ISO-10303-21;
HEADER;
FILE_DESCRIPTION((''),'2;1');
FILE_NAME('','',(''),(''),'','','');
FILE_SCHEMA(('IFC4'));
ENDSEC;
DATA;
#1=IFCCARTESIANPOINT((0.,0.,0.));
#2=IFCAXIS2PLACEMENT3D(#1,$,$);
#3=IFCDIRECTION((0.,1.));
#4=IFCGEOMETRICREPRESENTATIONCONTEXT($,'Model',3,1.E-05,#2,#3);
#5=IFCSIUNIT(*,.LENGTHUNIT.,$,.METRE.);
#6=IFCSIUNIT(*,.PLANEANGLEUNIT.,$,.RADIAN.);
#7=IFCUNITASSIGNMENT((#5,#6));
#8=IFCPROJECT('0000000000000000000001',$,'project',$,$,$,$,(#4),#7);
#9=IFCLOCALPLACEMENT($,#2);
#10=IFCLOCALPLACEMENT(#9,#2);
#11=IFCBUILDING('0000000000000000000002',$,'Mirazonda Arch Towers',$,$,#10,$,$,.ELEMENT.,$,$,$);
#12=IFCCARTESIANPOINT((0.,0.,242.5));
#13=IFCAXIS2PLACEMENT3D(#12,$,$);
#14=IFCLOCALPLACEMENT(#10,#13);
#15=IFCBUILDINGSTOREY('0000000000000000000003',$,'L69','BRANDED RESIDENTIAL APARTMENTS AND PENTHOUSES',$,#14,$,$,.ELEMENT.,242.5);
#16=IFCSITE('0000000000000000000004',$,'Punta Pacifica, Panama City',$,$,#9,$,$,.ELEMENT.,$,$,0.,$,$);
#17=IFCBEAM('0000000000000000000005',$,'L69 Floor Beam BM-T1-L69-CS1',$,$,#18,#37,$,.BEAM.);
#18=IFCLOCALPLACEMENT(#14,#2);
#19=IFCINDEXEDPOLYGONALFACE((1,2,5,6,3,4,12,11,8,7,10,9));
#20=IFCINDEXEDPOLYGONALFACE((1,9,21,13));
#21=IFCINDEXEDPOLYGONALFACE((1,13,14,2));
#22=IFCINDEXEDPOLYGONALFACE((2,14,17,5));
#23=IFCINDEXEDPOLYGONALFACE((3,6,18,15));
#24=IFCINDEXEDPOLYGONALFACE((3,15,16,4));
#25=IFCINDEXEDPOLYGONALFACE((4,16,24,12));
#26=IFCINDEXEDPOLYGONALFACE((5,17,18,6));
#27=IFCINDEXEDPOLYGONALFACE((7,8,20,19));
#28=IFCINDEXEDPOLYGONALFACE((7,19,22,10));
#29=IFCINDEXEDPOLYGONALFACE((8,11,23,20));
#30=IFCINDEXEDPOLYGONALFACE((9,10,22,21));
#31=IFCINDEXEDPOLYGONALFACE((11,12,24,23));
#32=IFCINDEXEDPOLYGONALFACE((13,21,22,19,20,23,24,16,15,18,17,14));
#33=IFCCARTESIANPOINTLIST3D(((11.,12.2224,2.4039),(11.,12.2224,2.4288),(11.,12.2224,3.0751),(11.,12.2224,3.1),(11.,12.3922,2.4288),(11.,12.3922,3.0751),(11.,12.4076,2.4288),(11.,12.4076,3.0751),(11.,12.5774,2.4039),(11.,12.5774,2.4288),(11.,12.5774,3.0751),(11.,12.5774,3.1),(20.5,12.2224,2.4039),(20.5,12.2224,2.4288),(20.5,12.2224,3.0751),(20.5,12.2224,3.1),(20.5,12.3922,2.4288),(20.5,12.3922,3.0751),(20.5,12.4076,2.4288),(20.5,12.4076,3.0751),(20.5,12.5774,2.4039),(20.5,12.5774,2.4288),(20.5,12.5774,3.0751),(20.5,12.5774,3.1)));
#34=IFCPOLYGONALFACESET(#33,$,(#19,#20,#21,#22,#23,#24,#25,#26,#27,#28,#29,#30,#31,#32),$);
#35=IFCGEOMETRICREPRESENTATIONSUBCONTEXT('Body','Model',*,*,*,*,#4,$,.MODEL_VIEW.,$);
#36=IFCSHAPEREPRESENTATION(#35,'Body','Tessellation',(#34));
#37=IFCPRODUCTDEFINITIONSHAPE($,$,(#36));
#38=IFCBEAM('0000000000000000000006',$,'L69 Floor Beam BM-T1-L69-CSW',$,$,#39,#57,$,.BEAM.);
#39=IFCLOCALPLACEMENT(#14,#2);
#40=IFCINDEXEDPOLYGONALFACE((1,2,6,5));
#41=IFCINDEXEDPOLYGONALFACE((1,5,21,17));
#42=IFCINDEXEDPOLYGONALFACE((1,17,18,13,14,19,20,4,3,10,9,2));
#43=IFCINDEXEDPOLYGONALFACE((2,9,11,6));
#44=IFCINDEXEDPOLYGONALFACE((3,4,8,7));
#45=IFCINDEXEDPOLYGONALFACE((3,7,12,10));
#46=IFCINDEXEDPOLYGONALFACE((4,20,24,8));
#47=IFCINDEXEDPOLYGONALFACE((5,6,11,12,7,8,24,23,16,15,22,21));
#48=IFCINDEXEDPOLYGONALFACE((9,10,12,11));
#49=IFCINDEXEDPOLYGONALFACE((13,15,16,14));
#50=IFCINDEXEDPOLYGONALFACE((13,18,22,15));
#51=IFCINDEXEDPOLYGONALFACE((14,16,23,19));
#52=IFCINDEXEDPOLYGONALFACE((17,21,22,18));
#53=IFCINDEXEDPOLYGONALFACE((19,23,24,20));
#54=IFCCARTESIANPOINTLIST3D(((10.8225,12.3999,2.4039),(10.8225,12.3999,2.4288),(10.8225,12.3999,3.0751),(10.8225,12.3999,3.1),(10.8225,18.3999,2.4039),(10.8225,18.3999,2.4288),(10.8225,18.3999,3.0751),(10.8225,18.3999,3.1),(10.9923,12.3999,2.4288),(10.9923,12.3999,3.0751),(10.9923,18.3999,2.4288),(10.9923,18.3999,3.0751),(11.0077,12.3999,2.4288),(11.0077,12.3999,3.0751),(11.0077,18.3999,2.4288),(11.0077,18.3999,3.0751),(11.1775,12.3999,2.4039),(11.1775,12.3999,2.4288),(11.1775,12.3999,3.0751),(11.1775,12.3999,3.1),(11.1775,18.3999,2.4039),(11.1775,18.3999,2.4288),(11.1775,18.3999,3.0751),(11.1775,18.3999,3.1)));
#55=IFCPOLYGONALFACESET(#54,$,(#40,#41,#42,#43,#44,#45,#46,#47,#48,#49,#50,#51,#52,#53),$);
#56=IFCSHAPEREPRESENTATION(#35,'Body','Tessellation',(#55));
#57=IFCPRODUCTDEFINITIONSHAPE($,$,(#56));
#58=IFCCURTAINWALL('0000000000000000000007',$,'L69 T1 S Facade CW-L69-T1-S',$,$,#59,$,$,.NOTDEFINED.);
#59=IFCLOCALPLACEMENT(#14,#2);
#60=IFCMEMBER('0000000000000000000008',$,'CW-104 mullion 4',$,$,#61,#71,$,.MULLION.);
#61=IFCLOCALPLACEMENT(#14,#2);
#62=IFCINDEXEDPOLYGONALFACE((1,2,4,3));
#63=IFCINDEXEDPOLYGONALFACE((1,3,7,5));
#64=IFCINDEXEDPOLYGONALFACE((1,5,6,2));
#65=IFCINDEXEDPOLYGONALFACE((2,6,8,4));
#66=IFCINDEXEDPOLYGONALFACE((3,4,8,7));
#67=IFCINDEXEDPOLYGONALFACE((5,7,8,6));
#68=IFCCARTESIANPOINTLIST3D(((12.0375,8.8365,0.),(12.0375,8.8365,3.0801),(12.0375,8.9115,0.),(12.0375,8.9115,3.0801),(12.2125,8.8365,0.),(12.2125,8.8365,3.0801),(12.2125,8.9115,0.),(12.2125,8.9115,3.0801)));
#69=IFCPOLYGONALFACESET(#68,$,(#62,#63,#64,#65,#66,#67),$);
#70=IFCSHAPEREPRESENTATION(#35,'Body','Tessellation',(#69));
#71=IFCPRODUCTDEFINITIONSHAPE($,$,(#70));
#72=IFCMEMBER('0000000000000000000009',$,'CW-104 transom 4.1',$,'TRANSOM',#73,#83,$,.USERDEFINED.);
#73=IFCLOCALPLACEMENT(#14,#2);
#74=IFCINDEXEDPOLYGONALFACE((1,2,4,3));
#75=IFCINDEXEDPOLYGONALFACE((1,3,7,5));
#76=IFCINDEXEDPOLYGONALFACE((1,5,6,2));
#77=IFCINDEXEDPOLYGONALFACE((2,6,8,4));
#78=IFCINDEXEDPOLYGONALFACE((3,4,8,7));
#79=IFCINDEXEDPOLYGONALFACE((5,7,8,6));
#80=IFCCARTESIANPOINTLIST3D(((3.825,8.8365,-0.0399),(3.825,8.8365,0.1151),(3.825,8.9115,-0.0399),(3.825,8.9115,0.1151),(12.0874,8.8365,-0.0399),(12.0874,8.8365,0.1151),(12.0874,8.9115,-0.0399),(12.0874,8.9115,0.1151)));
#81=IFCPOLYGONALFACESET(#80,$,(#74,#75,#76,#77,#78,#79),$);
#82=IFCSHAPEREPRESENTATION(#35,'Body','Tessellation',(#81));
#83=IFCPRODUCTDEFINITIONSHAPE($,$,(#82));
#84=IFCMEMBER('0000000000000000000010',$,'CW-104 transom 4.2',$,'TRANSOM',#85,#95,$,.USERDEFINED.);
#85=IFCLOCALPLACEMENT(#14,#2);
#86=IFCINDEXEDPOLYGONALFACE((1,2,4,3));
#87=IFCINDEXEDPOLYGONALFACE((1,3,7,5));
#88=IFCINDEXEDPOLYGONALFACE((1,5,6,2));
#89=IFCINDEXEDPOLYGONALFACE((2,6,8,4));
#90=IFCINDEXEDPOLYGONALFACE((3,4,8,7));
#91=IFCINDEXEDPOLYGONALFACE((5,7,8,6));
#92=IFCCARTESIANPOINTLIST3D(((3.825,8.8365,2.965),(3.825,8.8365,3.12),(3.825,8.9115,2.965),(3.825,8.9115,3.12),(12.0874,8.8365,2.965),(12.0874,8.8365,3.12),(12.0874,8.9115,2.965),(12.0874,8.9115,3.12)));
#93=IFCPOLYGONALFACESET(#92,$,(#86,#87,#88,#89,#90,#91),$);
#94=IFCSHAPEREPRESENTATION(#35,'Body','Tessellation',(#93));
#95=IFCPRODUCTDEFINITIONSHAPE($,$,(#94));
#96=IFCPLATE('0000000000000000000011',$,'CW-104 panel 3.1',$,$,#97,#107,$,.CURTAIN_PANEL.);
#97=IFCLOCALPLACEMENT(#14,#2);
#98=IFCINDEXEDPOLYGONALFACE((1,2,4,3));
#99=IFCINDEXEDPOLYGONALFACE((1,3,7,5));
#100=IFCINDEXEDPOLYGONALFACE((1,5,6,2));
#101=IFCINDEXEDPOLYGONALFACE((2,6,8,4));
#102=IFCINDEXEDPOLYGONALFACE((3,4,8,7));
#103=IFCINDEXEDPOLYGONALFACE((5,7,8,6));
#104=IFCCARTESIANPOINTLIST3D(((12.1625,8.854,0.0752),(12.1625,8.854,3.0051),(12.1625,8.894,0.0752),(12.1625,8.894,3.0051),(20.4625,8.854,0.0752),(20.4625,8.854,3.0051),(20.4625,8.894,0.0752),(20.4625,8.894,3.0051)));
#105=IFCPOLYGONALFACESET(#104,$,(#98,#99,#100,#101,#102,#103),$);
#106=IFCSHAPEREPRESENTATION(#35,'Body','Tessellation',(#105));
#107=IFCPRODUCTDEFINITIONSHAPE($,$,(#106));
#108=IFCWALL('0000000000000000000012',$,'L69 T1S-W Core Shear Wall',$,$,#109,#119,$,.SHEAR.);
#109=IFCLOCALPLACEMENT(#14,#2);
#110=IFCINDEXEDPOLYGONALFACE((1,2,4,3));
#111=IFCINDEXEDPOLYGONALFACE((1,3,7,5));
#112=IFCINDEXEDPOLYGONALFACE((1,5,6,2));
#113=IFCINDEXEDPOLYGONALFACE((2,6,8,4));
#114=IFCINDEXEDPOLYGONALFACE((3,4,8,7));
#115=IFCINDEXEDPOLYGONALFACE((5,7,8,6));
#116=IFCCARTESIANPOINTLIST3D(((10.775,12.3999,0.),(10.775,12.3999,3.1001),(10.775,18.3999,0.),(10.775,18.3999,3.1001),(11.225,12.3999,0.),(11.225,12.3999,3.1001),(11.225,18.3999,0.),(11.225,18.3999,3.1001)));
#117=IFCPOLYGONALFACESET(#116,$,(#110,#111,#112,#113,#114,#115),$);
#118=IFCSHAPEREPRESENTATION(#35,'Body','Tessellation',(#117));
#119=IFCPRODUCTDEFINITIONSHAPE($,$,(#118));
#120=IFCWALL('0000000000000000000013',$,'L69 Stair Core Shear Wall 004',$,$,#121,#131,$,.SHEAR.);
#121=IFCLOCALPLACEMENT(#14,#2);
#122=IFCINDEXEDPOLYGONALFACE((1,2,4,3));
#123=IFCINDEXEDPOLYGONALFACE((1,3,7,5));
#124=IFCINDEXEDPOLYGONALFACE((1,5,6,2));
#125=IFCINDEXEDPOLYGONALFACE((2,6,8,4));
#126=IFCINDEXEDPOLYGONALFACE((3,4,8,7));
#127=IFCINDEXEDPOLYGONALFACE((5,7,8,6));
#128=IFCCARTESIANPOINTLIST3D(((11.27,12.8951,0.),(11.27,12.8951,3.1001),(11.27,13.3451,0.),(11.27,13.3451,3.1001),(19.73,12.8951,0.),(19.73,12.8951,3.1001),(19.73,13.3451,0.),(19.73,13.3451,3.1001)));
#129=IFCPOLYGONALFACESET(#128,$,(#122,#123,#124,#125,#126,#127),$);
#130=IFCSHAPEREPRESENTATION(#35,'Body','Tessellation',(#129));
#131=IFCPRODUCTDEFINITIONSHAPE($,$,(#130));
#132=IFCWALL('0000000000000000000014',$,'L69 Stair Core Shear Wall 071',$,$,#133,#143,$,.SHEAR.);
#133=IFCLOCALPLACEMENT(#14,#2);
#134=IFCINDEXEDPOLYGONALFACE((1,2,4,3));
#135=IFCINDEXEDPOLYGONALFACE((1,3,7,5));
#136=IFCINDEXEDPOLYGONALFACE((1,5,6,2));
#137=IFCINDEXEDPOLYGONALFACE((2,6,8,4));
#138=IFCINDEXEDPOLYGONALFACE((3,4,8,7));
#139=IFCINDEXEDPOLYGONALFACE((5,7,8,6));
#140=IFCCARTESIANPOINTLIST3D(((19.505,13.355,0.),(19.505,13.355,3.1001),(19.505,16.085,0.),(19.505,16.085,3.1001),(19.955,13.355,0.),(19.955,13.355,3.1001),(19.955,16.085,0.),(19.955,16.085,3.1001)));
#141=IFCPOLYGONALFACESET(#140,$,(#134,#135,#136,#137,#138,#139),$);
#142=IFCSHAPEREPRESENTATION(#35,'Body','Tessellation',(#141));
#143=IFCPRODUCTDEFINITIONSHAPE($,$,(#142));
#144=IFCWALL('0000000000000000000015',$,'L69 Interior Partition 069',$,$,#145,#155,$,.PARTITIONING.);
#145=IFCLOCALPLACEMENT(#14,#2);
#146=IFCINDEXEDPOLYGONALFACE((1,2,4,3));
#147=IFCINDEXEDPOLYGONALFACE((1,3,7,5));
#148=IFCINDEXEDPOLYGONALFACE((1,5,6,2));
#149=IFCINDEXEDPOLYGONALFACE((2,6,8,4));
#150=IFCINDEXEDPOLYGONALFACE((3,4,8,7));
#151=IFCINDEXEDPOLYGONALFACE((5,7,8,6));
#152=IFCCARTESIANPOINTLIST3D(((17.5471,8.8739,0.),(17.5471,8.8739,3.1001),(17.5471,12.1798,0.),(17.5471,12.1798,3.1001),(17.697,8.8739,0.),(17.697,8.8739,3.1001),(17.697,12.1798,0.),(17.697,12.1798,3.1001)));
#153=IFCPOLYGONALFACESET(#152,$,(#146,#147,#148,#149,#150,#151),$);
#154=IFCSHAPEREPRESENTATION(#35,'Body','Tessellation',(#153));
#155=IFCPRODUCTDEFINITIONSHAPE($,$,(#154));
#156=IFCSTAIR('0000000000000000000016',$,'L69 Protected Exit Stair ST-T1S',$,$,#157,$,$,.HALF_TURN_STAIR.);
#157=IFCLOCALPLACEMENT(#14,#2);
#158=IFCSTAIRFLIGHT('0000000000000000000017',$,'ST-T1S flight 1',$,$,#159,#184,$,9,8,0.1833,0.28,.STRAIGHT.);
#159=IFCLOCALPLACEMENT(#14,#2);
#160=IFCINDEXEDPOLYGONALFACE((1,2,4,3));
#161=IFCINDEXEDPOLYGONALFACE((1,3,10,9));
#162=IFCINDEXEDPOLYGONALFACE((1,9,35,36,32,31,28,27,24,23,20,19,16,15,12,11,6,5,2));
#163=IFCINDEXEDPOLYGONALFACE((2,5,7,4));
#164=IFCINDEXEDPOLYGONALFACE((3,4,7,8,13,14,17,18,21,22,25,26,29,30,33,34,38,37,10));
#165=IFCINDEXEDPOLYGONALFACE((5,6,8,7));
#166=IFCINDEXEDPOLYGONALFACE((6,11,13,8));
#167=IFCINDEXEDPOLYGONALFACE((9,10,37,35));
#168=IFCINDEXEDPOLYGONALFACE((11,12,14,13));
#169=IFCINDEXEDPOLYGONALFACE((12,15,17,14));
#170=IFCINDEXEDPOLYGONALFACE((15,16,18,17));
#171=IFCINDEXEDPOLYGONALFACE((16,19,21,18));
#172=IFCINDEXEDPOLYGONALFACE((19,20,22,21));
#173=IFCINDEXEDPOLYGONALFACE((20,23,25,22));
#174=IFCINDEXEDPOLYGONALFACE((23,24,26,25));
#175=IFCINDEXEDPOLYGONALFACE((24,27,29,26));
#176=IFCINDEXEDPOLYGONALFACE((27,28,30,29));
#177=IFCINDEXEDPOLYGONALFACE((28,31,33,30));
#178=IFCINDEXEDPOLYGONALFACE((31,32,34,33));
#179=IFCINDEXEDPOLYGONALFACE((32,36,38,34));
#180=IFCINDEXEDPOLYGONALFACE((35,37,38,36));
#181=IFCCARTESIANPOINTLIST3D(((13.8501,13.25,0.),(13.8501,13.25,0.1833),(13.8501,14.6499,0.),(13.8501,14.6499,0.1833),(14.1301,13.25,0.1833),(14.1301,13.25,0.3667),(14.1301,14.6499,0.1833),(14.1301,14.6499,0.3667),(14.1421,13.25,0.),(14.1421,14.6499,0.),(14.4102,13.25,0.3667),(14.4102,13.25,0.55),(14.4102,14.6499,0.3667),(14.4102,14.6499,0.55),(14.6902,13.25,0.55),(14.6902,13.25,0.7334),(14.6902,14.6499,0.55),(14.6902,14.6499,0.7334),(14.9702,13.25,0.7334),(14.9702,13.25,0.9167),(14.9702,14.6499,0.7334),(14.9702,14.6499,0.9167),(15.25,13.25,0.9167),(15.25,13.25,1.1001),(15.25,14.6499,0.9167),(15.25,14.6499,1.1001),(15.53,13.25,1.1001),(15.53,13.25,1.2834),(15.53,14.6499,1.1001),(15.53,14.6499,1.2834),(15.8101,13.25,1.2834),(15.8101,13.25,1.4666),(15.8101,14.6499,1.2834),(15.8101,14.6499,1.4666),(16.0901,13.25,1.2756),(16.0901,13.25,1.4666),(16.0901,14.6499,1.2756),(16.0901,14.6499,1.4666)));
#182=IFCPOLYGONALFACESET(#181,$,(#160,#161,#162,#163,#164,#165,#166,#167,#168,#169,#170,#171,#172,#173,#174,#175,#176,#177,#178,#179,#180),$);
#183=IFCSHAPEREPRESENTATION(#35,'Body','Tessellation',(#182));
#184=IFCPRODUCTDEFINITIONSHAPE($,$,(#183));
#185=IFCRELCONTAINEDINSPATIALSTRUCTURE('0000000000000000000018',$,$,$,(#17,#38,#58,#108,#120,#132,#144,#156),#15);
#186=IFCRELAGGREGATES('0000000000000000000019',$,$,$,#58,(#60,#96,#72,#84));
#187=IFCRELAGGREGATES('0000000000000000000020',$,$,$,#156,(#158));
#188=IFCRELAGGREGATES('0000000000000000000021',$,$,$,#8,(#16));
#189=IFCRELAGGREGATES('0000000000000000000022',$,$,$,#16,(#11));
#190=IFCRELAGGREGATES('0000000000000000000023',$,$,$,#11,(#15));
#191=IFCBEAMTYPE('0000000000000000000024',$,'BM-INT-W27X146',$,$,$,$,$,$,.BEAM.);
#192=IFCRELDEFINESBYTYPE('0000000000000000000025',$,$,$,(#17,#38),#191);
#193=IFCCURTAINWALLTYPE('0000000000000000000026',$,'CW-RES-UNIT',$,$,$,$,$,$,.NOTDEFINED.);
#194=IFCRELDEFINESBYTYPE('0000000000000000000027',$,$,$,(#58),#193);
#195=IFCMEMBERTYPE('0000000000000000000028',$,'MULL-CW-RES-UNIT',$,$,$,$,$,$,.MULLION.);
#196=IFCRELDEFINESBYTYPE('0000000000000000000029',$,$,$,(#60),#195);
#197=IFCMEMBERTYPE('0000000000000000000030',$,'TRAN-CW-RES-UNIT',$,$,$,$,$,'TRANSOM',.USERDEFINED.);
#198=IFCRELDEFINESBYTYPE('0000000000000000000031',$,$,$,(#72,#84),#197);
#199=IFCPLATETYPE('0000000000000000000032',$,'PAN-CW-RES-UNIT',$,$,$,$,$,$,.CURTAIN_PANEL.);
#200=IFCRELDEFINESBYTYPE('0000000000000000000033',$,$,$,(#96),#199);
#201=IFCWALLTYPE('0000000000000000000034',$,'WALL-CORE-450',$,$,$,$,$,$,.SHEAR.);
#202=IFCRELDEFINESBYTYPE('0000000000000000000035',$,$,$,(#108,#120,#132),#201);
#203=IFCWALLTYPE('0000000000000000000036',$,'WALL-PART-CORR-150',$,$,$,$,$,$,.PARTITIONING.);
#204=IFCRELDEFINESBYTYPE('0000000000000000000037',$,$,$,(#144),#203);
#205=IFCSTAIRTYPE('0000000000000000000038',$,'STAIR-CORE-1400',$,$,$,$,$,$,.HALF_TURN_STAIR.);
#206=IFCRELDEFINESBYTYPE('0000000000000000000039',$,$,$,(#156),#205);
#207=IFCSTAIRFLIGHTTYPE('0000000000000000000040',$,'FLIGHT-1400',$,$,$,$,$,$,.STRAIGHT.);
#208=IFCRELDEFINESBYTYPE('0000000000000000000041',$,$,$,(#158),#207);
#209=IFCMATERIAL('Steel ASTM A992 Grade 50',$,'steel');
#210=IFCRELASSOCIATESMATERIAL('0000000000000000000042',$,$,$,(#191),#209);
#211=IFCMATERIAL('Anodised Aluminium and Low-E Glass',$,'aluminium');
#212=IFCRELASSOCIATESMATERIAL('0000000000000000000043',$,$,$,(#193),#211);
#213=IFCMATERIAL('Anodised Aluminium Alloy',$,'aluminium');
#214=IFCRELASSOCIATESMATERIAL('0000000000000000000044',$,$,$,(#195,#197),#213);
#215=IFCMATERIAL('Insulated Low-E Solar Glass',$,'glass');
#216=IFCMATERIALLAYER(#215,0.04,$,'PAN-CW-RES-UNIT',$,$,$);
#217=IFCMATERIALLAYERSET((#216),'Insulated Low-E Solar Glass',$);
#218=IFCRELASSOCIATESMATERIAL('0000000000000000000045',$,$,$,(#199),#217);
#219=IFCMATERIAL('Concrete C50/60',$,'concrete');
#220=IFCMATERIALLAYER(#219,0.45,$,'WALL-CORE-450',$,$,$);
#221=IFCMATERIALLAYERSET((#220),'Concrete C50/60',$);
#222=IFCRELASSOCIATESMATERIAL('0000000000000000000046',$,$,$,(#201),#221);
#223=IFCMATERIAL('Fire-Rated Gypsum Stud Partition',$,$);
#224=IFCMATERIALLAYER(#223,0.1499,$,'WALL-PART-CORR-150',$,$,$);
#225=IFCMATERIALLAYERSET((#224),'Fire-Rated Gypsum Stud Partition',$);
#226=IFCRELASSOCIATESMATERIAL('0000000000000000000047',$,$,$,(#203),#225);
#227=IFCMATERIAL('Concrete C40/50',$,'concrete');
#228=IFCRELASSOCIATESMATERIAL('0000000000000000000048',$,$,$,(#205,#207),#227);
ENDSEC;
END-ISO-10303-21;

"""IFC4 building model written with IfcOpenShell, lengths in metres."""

from ifc_helpers import new_model, si_unit, direction, frame, frame_2d, origin, origin_2d, place, context, subcontext, project, spatial, polyline, rectangle, i_section, outline, extrude, material, layer, layer_set, material_profile, profile_set, type_object, element, aggregate, save


model = new_model("IFC4")

# Units and contexts
model_context = context("Model", 3, precision=1e-05, world=origin(), true_north=direction((0.0, 1.0)))
body_context = subcontext(model_context, "Body", "Model", "MODEL_VIEW")
ifc_project = project(units=[si_unit("LENGTHUNIT", "METRE"), si_unit("PLANEANGLEUNIT", "RADIAN")], contexts=[model_context])

# Site, building, storey
site_placement = place(None, origin())
site = spatial("IfcSite", under=ifc_project, at=site_placement, Name="Punta Pacifica, Panama City", CompositionType="ELEMENT", RefElevation=0.0)
building_placement = place(site_placement, origin())
building = spatial("IfcBuilding", under=site, at=building_placement, Name="Mirazonda Arch Towers", CompositionType="ELEMENT")
storey_placement = place(building_placement, frame((0.0, 0.0, 242.5)))
storey = spatial("IfcBuildingStorey", under=building, at=storey_placement, Name="L69", Description="BRANDED RESIDENTIAL APARTMENTS AND PENTHOUSES", CompositionType="ELEMENT", Elevation=242.5)

# Beams
ifc_material_1 = material(Name="Steel ASTM A992 Grade 50", Category="steel")
ifc_material_profile_1 = material_profile(ifc_material_1, i_section(OverallWidth=0.355, OverallDepth=0.696, WebThickness=0.0154, FlangeThickness=0.0249, at=origin_2d()), Name="W27X146")
ifc_profile_set_1 = profile_set([ifc_material_profile_1], Name="Steel ASTM A992 Grade 50")
beam_type = type_object("IfcBeamType", Name="BM-INT-W27X146", PredefinedType="BEAM", material=ifc_profile_set_1)
beam_1_placement = place(storey_placement, frame((11.0, 12.3999, 2.752), z_axis=(1.0, 0.0, 0.0), x_axis=(0.0, 1.0, 0.0)))
element("IfcBeam", 1, at=beam_1_placement, inside=storey, type_object=beam_type, Name="L69 Floor Beam BM-T1-L69-CS1", PredefinedType="BEAM", context=body_context, shape_type="SweptSolid", body=[
    extrude(i_section(OverallWidth=0.355, OverallDepth=0.696, WebThickness=0.0154, FlangeThickness=0.0249, at=origin_2d()), origin(), (0.0, 0.0, 1.0), 9.5),
])
beam_2_placement = place(storey_placement, frame((11.0, 12.3999, 2.752), z_axis=(0.0, 1.0, 0.0), x_axis=(-1.0, 0.0, 0.0)))
element("IfcBeam", 2, at=beam_2_placement, inside=storey, type_object=beam_type, Name="L69 Floor Beam BM-T1-L69-CSW", PredefinedType="BEAM", context=body_context, shape_type="SweptSolid", body=[
    extrude(i_section(OverallWidth=0.355, OverallDepth=0.696, WebThickness=0.0154, FlangeThickness=0.0249, at=origin_2d()), origin(), (0.0, 0.0, 1.0), 6.0),
])

# Curtain wall, members, plate
ifc_material_2 = material(Name="Anodised Aluminium and Low-E Glass", Category="aluminium")
curtain_wall_type = type_object("IfcCurtainWallType", Name="CW-RES-UNIT", PredefinedType="NOTDEFINED", material=ifc_material_2)
curtain_wall_placement = place(storey_placement, origin())
curtain_wall = element("IfcCurtainWall", 3, at=curtain_wall_placement, inside=storey, type_object=curtain_wall_type, Name="L69 T1 S Facade CW-L69-T1-S", PredefinedType="NOTDEFINED")
ifc_material_3 = material(Name="Anodised Aluminium Alloy", Category="aluminium")
ifc_material_profile_2 = material_profile(ifc_material_3, rectangle(XDim=0.075, YDim=0.175, at=origin_2d()), Name="ALU-MULL-75x175")
ifc_profile_set_2 = profile_set([ifc_material_profile_2], Name="Anodised Aluminium Alloy")
member_type_1 = type_object("IfcMemberType", Name="MULL-CW-RES-UNIT", PredefinedType="MULLION", material=ifc_profile_set_2)
member_1_placement = place(storey_placement, frame((12.125, 8.874, 0.0), z_axis=(0.0, 0.0, 1.0), x_axis=(0.0, -1.0, 0.0)))
member_1 = element("IfcMember", 4, at=member_1_placement, type_object=member_type_1, Name="CW-104 mullion 4", PredefinedType="MULLION", context=body_context, shape_type="SweptSolid", body=[
    extrude(rectangle(XDim=0.075, YDim=0.175, at=origin_2d()), origin(), (0.0, 0.0, 1.0), 3.0801),
])
ifc_material_profile_3 = material_profile(ifc_material_3, rectangle(XDim=0.075, YDim=0.155, at=origin_2d()), Name="ALU-TRAN-75x155")
ifc_profile_set_3 = profile_set([ifc_material_profile_3], Name="Anodised Aluminium Alloy")
member_type_2 = type_object("IfcMemberType", Name="TRAN-CW-RES-UNIT", ElementType="TRANSOM", PredefinedType="USERDEFINED", material=ifc_profile_set_3)
member_2_placement = place(storey_placement, frame((12.0874, 8.874, 0.0376), z_axis=(-1.0, 0.0, 0.0), x_axis=(0.0, -1.0, 0.0)))
member_2 = element("IfcMember", 5, at=member_2_placement, type_object=member_type_2, Name="CW-104 transom 4.1", ObjectType="TRANSOM", PredefinedType="USERDEFINED", context=body_context, shape_type="SweptSolid", body=[
    extrude(rectangle(XDim=0.075, YDim=0.155, at=origin_2d()), origin(), (0.0, 0.0, 1.0), 8.2625),
])
member_3_placement = place(storey_placement, frame((12.0874, 8.874, 3.0425), z_axis=(-1.0, 0.0, 0.0), x_axis=(0.0, -1.0, 0.0)))
member_3 = element("IfcMember", 6, at=member_3_placement, type_object=member_type_2, Name="CW-104 transom 4.2", ObjectType="TRANSOM", PredefinedType="USERDEFINED", context=body_context, shape_type="SweptSolid", body=[
    extrude(rectangle(XDim=0.075, YDim=0.155, at=origin_2d()), origin(), (0.0, 0.0, 1.0), 8.2625),
])
ifc_material_4 = material(Name="Insulated Low-E Solar Glass", Category="glass")
ifc_layer_1 = layer(ifc_material_4, 0.04, Name="PAN-CW-RES-UNIT")
ifc_layer_set_1 = layer_set([ifc_layer_1], Name="Insulated Low-E Solar Glass")
plate_type = type_object("IfcPlateType", Name="PAN-CW-RES-UNIT", PredefinedType="CURTAIN_PANEL", material=ifc_layer_set_1)
plate_placement = place(storey_placement, frame((16.3125, 8.874, 0.0752), z_axis=(0.0, 0.0, 1.0), x_axis=(-1.0, 0.0, 0.0)))
plate = element("IfcPlate", 7, at=plate_placement, type_object=plate_type, Name="CW-104 panel 3.1", PredefinedType="CURTAIN_PANEL", context=body_context, shape_type="SweptSolid", body=[
    extrude(rectangle(XDim=8.3, YDim=0.04, at=origin_2d()), origin(), (0.0, 0.0, 1.0), 2.9299),
])
aggregate(curtain_wall, [member_1, plate, member_2, member_3])

# Walls
ifc_material_5 = material(Name="Concrete C50/60", Category="concrete")
ifc_layer_2 = layer(ifc_material_5, 0.45, Name="WALL-CORE-450")
ifc_layer_set_2 = layer_set([ifc_layer_2], Name="Concrete C50/60")
wall_type_1 = type_object("IfcWallType", Name="WALL-CORE-450", PredefinedType="SHEAR", material=ifc_layer_set_2)
wall_1_placement = place(storey_placement, frame((11.0, 12.3999, 0.0), z_axis=(0.0, 0.0, 1.0), x_axis=(0.0, 1.0, 0.0)))
element("IfcWall", 8, at=wall_1_placement, inside=storey, type_object=wall_type_1, Name="L69 T1S-W Core Shear Wall", PredefinedType="SHEAR", context=body_context, shape_type="SweptSolid", body=[
    extrude(rectangle(XDim=6.0, YDim=0.45, at=frame_2d((3.0, 0.0))), origin(), (0.0, 0.0, 1.0), 3.1001),
])
wall_2_placement = place(storey_placement, frame((11.27, 13.1201, 0.0), z_axis=(0.0, 0.0, 1.0), x_axis=(1.0, 0.0, 0.0)))
element("IfcWall", 9, at=wall_2_placement, inside=storey, type_object=wall_type_1, Name="L69 Stair Core Shear Wall 004", PredefinedType="SHEAR", context=body_context, shape_type="SweptSolid", body=[
    extrude(rectangle(XDim=8.46, YDim=0.45, at=frame_2d((4.23, 0.0))), origin(), (0.0, 0.0, 1.0), 3.1001),
])
wall_3_placement = place(storey_placement, frame((19.73, 13.355, 0.0), z_axis=(0.0, 0.0, 1.0), x_axis=(0.0, 1.0, 0.0)))
element("IfcWall", 10, at=wall_3_placement, inside=storey, type_object=wall_type_1, Name="L69 Stair Core Shear Wall 071", PredefinedType="SHEAR", context=body_context, shape_type="SweptSolid", body=[
    extrude(rectangle(XDim=2.73, YDim=0.45, at=frame_2d((1.365, 0.0))), origin(), (0.0, 0.0, 1.0), 3.1001),
])
ifc_material_6 = material(Name="Fire-Rated Gypsum Stud Partition")
ifc_layer_3 = layer(ifc_material_6, 0.1499, Name="WALL-PART-CORR-150")
ifc_layer_set_3 = layer_set([ifc_layer_3], Name="Fire-Rated Gypsum Stud Partition")
wall_type_2 = type_object("IfcWallType", Name="WALL-PART-CORR-150", PredefinedType="PARTITIONING", material=ifc_layer_set_3)
wall_4_placement = place(storey_placement, frame((17.6221, 8.874, 0.0), z_axis=(0.0, 0.0, 1.0), x_axis=(0.0, 1.0, 0.0)))
element("IfcWall", 11, at=wall_4_placement, inside=storey, type_object=wall_type_2, Name="L69 Interior Partition 069", PredefinedType="PARTITIONING", context=body_context, shape_type="SweptSolid", body=[
    extrude(rectangle(XDim=3.3059, YDim=0.1499, at=frame_2d((1.6528, 0.0))), origin(), (0.0, 0.0, 1.0), 3.1001),
])

# Stair, stair flight
ifc_material_7 = material(Name="Concrete C40/50", Category="concrete")
stair_type = type_object("IfcStairType", Name="STAIR-CORE-1400", PredefinedType="HALF_TURN_STAIR", material=ifc_material_7)
stair_placement = place(storey_placement, origin())
stair = element("IfcStair", 12, at=stair_placement, inside=storey, type_object=stair_type, Name="L69 Protected Exit Stair ST-T1S", PredefinedType="HALF_TURN_STAIR")
stair_flight_type = type_object("IfcStairFlightType", Name="FLIGHT-1400", PredefinedType="STRAIGHT", material=ifc_material_7)
stair_flight_1_placement = place(storey_placement, frame((13.8501, 13.95, 0.0), z_axis=(0.0, 0.0, 1.0), x_axis=(1.0, 0.0, 0.0)))
stair_flight_1 = element("IfcStairFlight", 13, at=stair_flight_1_placement, type_object=stair_flight_type, Name="ST-T1S flight 1", NumberOfRisers=9, NumberOfTreads=8, PredefinedType="STRAIGHT", RiserHeight=0.1833, TreadLength=0.28, context=body_context, shape_type="SweptSolid", body=[
    extrude(outline(polyline([(0.0, 0.0), (0.0, 0.1833), (0.28, 0.1833), (0.28, 0.3667), (0.5601, 0.3667), (0.5601, 0.55), (0.8401, 0.55), (0.8401, 0.7334), (1.1201, 0.7334), (1.1201, 0.9167), (1.3999, 0.9167), (1.3999, 1.1001), (1.6799, 1.1001), (1.6799, 1.2834), (1.96, 1.2834), (1.96, 1.4666), (2.24, 1.4666), (2.24, 1.6499), (2.24, 1.2756), (0.292, 0.0), (0.0, 0.0)])), frame((0.0, 0.7, 0.0), z_axis=(0.0, -1.0, 0.0), x_axis=(1.0, 0.0, 0.0)), (0.0, 0.0, 1.0), 1.3999),
])
aggregate(stair, [stair_flight_1])

save(model, "model.ifc")
